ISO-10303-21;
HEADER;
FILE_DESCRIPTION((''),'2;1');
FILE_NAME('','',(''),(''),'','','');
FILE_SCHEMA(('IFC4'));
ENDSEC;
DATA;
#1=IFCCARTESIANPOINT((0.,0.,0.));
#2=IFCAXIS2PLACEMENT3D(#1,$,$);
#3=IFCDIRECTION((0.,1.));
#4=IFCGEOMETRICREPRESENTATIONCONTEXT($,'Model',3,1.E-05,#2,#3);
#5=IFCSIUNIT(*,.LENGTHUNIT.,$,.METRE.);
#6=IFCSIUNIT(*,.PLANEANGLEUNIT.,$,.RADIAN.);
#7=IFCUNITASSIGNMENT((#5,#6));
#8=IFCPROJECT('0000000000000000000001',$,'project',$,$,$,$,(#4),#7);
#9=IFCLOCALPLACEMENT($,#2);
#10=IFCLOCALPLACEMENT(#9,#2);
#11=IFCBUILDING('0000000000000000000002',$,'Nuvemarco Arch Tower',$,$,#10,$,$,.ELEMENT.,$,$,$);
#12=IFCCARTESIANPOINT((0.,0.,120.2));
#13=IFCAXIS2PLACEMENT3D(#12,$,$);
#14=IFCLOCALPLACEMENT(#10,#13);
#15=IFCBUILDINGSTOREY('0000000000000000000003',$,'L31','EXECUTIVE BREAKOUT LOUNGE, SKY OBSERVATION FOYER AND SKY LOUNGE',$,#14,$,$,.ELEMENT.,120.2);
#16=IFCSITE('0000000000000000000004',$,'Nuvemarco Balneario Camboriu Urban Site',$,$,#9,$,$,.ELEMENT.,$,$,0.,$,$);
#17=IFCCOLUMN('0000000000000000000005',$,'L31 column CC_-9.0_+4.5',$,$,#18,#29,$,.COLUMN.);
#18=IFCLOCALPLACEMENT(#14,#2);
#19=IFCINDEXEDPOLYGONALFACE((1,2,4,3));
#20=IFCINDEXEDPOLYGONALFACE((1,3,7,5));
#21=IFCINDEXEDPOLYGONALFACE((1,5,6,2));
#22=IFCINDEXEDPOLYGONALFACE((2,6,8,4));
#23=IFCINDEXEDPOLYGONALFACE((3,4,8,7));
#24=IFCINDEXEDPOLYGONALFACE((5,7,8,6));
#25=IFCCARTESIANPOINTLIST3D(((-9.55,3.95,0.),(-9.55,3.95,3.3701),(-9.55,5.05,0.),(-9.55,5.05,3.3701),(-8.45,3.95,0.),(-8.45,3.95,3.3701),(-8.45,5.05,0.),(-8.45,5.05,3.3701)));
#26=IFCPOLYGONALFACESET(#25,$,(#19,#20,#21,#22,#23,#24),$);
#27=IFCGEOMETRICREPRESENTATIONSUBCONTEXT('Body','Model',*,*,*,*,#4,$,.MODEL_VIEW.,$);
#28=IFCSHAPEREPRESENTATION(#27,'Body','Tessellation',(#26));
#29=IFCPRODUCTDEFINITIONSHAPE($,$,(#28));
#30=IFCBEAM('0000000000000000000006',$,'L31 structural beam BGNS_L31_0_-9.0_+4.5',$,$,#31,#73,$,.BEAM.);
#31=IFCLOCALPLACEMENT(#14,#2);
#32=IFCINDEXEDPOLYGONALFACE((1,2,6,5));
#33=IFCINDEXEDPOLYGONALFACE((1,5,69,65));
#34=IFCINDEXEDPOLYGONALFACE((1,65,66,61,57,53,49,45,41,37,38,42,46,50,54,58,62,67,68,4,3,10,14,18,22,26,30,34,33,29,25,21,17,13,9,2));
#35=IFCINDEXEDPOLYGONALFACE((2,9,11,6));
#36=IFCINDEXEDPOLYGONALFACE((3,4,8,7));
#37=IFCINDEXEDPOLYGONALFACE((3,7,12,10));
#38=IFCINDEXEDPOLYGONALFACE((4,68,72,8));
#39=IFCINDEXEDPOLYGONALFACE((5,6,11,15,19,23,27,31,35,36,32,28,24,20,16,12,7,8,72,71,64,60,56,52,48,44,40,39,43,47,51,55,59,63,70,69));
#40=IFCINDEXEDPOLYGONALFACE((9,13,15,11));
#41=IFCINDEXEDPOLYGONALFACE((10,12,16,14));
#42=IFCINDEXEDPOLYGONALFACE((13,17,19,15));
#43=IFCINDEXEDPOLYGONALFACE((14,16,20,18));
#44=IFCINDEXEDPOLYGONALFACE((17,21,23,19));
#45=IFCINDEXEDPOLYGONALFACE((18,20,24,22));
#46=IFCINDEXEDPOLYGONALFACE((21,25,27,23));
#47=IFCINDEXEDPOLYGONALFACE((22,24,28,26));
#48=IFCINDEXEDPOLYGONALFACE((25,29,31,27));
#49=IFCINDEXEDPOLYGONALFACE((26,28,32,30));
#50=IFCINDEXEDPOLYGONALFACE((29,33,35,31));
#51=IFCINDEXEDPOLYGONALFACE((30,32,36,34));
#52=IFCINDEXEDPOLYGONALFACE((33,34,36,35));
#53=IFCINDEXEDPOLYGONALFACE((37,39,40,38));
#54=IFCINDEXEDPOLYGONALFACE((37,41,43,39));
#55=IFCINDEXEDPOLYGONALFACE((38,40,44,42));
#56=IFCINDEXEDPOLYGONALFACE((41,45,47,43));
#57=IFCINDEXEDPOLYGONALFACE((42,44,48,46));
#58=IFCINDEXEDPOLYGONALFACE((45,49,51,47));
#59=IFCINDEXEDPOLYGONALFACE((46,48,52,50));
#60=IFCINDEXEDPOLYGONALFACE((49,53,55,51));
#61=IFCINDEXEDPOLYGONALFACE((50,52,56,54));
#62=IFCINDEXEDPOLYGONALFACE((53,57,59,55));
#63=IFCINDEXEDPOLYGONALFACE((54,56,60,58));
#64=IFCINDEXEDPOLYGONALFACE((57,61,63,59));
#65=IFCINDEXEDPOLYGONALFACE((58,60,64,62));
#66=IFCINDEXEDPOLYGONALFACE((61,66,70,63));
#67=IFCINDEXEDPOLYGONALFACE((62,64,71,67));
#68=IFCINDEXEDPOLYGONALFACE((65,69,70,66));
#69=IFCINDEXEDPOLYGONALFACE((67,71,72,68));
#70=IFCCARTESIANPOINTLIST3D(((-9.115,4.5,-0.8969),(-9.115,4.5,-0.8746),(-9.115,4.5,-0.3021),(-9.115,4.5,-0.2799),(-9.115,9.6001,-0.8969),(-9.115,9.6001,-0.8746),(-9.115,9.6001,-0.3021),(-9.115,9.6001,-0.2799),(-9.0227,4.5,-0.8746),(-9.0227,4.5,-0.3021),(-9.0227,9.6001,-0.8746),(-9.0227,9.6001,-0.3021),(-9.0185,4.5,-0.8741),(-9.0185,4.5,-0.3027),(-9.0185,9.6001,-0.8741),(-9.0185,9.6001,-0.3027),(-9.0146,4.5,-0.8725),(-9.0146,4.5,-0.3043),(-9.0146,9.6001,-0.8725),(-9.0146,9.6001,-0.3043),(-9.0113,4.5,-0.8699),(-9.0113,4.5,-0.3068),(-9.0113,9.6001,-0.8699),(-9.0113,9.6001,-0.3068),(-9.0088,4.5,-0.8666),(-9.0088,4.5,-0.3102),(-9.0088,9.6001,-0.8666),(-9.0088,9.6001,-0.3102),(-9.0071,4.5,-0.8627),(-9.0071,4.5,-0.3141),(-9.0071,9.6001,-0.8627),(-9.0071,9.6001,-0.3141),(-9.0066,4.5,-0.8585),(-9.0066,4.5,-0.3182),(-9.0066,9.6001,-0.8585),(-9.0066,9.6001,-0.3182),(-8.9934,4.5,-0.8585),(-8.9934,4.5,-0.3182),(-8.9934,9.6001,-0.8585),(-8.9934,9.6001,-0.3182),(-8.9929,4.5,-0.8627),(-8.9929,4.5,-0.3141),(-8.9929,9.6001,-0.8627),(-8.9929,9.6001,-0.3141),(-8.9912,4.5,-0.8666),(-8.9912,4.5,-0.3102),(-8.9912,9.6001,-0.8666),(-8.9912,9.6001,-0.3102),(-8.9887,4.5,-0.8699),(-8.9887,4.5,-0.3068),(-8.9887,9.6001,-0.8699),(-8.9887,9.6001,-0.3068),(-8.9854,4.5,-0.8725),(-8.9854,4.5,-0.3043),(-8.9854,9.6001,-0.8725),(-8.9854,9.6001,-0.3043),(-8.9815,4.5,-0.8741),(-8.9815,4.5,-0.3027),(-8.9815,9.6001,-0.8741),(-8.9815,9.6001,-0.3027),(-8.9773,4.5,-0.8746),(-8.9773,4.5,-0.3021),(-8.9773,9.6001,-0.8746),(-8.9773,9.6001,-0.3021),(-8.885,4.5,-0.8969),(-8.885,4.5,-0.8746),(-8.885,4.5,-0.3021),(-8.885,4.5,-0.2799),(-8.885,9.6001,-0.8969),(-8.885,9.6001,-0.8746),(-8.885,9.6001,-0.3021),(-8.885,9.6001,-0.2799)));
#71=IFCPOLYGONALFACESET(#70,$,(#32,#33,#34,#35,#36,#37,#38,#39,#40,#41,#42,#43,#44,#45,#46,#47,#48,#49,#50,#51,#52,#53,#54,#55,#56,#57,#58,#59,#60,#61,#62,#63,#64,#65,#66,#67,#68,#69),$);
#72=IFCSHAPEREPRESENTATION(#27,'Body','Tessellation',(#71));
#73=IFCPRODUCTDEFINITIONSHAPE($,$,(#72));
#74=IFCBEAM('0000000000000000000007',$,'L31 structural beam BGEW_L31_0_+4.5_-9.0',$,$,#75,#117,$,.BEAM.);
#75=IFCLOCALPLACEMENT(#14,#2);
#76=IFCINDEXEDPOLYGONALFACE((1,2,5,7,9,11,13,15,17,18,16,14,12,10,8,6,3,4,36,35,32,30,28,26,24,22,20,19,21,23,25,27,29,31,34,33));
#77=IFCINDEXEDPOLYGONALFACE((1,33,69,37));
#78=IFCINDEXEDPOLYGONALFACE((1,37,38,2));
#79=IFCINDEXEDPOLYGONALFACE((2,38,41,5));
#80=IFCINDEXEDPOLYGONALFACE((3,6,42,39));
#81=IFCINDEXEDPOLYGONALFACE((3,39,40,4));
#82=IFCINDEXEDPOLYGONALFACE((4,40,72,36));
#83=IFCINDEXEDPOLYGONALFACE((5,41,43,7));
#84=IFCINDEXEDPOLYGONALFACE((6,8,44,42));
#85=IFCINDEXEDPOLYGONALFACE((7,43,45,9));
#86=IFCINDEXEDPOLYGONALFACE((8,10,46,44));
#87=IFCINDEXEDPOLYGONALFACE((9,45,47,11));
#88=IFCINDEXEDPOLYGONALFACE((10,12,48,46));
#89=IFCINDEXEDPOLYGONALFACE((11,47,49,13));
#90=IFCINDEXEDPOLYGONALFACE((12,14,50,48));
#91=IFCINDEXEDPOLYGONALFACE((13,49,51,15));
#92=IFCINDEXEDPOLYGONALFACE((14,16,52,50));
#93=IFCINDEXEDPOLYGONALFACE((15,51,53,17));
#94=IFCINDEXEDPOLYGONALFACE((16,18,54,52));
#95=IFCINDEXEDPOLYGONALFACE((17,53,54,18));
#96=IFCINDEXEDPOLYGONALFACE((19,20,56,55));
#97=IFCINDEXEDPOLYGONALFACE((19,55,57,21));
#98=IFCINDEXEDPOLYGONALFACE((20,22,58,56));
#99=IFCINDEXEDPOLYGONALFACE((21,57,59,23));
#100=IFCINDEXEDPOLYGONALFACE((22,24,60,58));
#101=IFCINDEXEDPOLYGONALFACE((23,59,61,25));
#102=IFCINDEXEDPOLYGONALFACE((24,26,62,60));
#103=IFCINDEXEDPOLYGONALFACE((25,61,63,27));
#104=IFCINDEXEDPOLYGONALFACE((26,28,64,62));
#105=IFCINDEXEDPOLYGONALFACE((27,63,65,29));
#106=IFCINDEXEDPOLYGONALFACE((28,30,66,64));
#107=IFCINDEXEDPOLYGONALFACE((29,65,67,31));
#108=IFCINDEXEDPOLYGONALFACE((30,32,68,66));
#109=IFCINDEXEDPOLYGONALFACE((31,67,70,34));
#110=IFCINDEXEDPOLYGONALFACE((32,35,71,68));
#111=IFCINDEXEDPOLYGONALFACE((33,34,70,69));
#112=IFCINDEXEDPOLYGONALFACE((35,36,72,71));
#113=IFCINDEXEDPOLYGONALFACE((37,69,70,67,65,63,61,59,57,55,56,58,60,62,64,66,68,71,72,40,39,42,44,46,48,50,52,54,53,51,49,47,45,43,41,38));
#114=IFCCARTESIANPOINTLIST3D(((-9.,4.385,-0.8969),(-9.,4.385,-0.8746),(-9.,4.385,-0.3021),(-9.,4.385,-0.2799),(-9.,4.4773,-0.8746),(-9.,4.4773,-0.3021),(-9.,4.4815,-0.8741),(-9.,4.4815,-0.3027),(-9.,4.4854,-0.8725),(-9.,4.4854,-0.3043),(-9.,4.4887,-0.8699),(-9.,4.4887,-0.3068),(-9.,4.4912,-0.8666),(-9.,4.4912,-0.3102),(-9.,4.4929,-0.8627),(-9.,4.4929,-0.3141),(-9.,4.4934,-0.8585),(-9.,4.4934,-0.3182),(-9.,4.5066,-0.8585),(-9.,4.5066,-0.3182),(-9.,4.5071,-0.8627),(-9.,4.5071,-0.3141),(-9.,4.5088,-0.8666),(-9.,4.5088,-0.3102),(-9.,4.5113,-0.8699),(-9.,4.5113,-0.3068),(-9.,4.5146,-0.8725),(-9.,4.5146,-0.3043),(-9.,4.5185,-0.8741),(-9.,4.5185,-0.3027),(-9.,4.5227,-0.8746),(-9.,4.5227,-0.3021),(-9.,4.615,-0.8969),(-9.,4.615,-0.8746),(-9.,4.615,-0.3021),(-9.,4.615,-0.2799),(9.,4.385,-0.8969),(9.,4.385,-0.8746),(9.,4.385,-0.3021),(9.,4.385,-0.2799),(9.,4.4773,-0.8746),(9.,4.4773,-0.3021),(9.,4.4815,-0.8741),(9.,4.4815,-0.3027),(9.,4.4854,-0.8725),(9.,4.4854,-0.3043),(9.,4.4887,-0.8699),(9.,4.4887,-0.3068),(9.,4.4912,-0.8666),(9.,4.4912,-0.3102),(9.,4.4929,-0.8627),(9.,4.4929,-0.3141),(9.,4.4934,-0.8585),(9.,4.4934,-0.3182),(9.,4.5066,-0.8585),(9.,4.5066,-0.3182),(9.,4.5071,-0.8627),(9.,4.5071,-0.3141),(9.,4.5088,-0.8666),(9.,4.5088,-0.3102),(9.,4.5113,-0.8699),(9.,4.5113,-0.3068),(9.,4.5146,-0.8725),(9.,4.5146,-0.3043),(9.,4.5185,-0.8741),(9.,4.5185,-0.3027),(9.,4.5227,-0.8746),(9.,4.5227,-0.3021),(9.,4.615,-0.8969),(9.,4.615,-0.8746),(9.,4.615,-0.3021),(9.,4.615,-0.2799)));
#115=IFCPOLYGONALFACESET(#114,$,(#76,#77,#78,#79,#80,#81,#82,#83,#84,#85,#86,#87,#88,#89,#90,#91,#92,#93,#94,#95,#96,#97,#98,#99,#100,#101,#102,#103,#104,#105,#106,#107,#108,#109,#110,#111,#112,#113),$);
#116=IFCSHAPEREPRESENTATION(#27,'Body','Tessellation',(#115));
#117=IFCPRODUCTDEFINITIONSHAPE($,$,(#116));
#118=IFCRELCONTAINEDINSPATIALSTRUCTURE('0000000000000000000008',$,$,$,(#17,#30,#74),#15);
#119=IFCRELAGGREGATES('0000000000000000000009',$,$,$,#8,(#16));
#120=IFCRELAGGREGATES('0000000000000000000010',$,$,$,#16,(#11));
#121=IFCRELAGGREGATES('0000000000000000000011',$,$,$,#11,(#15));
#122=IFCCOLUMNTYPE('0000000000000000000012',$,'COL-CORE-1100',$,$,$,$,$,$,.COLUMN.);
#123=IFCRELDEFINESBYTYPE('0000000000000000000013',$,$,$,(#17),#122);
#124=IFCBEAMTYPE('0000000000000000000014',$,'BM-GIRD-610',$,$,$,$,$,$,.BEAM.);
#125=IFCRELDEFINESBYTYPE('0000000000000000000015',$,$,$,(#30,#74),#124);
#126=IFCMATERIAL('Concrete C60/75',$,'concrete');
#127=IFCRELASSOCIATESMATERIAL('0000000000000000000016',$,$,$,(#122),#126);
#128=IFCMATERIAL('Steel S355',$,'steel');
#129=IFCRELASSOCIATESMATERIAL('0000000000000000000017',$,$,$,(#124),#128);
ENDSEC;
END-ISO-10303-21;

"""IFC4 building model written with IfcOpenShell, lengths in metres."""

from ifc_helpers import new_model, si_unit, direction, frame, origin, origin_2d, place, context, subcontext, project, spatial, rectangle, i_section, extrude, material, material_profile, profile_set, type_object, element, save


model = new_model("IFC4")

# Units and contexts
model_context = context("Model", 3, precision=1e-05, world=origin(), true_north=direction((0.0, 1.0)))
body_context = subcontext(model_context, "Body", "Model", "MODEL_VIEW")
ifc_project = project(units=[si_unit("LENGTHUNIT", "METRE"), si_unit("PLANEANGLEUNIT", "RADIAN")], contexts=[model_context])

# Site, building, storey
site_placement = place(None, origin())
site = spatial("IfcSite", under=ifc_project, at=site_placement, Name="Nuvemarco Balneario Camboriu Urban Site", CompositionType="ELEMENT", RefElevation=0.0)
building_placement = place(site_placement, origin())
building = spatial("IfcBuilding", under=site, at=building_placement, Name="Nuvemarco Arch Tower", CompositionType="ELEMENT")
storey_placement = place(building_placement, frame((0.0, 0.0, 120.2)))
storey = spatial("IfcBuildingStorey", under=building, at=storey_placement, Name="L31", Description="EXECUTIVE BREAKOUT LOUNGE, SKY OBSERVATION FOYER AND SKY LOUNGE", CompositionType="ELEMENT", Elevation=120.2)

# Column
ifc_material_1 = material(Name="Concrete C60/75", Category="concrete")
ifc_material_profile_1 = material_profile(ifc_material_1, rectangle(XDim=1.1001, YDim=1.1001, at=origin_2d()), Name="RC-COL-1100x1100")
ifc_profile_set_1 = profile_set([ifc_material_profile_1], Name="Concrete C60/75")
column_type = type_object("IfcColumnType", Name="COL-CORE-1100", PredefinedType="COLUMN", material=ifc_profile_set_1)
column_placement = place(storey_placement, frame((-9.0, 4.5, 0.0), z_axis=(0.0, 0.0, 1.0), x_axis=(1.0, 0.0, 0.0)))
element("IfcColumn", 1, at=column_placement, inside=storey, type_object=column_type, Name="L31 column CC_-9.0_+4.5", PredefinedType="COLUMN", context=body_context, shape_type="SweptSolid", body=[
    extrude(rectangle(XDim=1.1001, YDim=1.1001, at=origin_2d()), origin(), (0.0, 0.0, 1.0), 3.3701),
])

# Beams
ifc_material_2 = material(Name="Steel S355", Category="steel")
ifc_material_profile_2 = material_profile(ifc_material_2, i_section(OverallWidth=0.23, OverallDepth=0.6169, WebThickness=0.0132, FlangeThickness=0.0222, FilletRadius=0.0161, at=origin_2d()), Name="W610x140")
ifc_profile_set_2 = profile_set([ifc_material_profile_2], Name="Steel S355")
beam_type = type_object("IfcBeamType", Name="BM-GIRD-610", PredefinedType="BEAM", material=ifc_profile_set_2)
beam_1_placement = place(storey_placement, frame((-9.0, 4.5, -0.5884), z_axis=(0.0, 1.0, 0.0), x_axis=(-1.0, 0.0, 0.0)))
element("IfcBeam", 2, at=beam_1_placement, inside=storey, type_object=beam_type, Name="L31 structural beam BGNS_L31_0_-9.0_+4.5", PredefinedType="BEAM", context=body_context, shape_type="SweptSolid", body=[
    extrude(i_section(OverallWidth=0.23, OverallDepth=0.6169, WebThickness=0.0132, FlangeThickness=0.0222, FilletRadius=0.0161, at=origin_2d()), origin(), (0.0, 0.0, 1.0), 5.1001),
])
beam_2_placement = place(storey_placement, frame((-9.0, 4.5, -0.5884), z_axis=(1.0, 0.0, 0.0), x_axis=(0.0, 1.0, 0.0)))
element("IfcBeam", 3, at=beam_2_placement, inside=storey, type_object=beam_type, Name="L31 structural beam BGEW_L31_0_+4.5_-9.0", PredefinedType="BEAM", context=body_context, shape_type="SweptSolid", body=[
    extrude(i_section(OverallWidth=0.23, OverallDepth=0.6169, WebThickness=0.0132, FlangeThickness=0.0222, FilletRadius=0.0161, at=origin_2d()), origin(), (0.0, 0.0, 1.0), 18.0),
])

save(model, "model.ifc")
